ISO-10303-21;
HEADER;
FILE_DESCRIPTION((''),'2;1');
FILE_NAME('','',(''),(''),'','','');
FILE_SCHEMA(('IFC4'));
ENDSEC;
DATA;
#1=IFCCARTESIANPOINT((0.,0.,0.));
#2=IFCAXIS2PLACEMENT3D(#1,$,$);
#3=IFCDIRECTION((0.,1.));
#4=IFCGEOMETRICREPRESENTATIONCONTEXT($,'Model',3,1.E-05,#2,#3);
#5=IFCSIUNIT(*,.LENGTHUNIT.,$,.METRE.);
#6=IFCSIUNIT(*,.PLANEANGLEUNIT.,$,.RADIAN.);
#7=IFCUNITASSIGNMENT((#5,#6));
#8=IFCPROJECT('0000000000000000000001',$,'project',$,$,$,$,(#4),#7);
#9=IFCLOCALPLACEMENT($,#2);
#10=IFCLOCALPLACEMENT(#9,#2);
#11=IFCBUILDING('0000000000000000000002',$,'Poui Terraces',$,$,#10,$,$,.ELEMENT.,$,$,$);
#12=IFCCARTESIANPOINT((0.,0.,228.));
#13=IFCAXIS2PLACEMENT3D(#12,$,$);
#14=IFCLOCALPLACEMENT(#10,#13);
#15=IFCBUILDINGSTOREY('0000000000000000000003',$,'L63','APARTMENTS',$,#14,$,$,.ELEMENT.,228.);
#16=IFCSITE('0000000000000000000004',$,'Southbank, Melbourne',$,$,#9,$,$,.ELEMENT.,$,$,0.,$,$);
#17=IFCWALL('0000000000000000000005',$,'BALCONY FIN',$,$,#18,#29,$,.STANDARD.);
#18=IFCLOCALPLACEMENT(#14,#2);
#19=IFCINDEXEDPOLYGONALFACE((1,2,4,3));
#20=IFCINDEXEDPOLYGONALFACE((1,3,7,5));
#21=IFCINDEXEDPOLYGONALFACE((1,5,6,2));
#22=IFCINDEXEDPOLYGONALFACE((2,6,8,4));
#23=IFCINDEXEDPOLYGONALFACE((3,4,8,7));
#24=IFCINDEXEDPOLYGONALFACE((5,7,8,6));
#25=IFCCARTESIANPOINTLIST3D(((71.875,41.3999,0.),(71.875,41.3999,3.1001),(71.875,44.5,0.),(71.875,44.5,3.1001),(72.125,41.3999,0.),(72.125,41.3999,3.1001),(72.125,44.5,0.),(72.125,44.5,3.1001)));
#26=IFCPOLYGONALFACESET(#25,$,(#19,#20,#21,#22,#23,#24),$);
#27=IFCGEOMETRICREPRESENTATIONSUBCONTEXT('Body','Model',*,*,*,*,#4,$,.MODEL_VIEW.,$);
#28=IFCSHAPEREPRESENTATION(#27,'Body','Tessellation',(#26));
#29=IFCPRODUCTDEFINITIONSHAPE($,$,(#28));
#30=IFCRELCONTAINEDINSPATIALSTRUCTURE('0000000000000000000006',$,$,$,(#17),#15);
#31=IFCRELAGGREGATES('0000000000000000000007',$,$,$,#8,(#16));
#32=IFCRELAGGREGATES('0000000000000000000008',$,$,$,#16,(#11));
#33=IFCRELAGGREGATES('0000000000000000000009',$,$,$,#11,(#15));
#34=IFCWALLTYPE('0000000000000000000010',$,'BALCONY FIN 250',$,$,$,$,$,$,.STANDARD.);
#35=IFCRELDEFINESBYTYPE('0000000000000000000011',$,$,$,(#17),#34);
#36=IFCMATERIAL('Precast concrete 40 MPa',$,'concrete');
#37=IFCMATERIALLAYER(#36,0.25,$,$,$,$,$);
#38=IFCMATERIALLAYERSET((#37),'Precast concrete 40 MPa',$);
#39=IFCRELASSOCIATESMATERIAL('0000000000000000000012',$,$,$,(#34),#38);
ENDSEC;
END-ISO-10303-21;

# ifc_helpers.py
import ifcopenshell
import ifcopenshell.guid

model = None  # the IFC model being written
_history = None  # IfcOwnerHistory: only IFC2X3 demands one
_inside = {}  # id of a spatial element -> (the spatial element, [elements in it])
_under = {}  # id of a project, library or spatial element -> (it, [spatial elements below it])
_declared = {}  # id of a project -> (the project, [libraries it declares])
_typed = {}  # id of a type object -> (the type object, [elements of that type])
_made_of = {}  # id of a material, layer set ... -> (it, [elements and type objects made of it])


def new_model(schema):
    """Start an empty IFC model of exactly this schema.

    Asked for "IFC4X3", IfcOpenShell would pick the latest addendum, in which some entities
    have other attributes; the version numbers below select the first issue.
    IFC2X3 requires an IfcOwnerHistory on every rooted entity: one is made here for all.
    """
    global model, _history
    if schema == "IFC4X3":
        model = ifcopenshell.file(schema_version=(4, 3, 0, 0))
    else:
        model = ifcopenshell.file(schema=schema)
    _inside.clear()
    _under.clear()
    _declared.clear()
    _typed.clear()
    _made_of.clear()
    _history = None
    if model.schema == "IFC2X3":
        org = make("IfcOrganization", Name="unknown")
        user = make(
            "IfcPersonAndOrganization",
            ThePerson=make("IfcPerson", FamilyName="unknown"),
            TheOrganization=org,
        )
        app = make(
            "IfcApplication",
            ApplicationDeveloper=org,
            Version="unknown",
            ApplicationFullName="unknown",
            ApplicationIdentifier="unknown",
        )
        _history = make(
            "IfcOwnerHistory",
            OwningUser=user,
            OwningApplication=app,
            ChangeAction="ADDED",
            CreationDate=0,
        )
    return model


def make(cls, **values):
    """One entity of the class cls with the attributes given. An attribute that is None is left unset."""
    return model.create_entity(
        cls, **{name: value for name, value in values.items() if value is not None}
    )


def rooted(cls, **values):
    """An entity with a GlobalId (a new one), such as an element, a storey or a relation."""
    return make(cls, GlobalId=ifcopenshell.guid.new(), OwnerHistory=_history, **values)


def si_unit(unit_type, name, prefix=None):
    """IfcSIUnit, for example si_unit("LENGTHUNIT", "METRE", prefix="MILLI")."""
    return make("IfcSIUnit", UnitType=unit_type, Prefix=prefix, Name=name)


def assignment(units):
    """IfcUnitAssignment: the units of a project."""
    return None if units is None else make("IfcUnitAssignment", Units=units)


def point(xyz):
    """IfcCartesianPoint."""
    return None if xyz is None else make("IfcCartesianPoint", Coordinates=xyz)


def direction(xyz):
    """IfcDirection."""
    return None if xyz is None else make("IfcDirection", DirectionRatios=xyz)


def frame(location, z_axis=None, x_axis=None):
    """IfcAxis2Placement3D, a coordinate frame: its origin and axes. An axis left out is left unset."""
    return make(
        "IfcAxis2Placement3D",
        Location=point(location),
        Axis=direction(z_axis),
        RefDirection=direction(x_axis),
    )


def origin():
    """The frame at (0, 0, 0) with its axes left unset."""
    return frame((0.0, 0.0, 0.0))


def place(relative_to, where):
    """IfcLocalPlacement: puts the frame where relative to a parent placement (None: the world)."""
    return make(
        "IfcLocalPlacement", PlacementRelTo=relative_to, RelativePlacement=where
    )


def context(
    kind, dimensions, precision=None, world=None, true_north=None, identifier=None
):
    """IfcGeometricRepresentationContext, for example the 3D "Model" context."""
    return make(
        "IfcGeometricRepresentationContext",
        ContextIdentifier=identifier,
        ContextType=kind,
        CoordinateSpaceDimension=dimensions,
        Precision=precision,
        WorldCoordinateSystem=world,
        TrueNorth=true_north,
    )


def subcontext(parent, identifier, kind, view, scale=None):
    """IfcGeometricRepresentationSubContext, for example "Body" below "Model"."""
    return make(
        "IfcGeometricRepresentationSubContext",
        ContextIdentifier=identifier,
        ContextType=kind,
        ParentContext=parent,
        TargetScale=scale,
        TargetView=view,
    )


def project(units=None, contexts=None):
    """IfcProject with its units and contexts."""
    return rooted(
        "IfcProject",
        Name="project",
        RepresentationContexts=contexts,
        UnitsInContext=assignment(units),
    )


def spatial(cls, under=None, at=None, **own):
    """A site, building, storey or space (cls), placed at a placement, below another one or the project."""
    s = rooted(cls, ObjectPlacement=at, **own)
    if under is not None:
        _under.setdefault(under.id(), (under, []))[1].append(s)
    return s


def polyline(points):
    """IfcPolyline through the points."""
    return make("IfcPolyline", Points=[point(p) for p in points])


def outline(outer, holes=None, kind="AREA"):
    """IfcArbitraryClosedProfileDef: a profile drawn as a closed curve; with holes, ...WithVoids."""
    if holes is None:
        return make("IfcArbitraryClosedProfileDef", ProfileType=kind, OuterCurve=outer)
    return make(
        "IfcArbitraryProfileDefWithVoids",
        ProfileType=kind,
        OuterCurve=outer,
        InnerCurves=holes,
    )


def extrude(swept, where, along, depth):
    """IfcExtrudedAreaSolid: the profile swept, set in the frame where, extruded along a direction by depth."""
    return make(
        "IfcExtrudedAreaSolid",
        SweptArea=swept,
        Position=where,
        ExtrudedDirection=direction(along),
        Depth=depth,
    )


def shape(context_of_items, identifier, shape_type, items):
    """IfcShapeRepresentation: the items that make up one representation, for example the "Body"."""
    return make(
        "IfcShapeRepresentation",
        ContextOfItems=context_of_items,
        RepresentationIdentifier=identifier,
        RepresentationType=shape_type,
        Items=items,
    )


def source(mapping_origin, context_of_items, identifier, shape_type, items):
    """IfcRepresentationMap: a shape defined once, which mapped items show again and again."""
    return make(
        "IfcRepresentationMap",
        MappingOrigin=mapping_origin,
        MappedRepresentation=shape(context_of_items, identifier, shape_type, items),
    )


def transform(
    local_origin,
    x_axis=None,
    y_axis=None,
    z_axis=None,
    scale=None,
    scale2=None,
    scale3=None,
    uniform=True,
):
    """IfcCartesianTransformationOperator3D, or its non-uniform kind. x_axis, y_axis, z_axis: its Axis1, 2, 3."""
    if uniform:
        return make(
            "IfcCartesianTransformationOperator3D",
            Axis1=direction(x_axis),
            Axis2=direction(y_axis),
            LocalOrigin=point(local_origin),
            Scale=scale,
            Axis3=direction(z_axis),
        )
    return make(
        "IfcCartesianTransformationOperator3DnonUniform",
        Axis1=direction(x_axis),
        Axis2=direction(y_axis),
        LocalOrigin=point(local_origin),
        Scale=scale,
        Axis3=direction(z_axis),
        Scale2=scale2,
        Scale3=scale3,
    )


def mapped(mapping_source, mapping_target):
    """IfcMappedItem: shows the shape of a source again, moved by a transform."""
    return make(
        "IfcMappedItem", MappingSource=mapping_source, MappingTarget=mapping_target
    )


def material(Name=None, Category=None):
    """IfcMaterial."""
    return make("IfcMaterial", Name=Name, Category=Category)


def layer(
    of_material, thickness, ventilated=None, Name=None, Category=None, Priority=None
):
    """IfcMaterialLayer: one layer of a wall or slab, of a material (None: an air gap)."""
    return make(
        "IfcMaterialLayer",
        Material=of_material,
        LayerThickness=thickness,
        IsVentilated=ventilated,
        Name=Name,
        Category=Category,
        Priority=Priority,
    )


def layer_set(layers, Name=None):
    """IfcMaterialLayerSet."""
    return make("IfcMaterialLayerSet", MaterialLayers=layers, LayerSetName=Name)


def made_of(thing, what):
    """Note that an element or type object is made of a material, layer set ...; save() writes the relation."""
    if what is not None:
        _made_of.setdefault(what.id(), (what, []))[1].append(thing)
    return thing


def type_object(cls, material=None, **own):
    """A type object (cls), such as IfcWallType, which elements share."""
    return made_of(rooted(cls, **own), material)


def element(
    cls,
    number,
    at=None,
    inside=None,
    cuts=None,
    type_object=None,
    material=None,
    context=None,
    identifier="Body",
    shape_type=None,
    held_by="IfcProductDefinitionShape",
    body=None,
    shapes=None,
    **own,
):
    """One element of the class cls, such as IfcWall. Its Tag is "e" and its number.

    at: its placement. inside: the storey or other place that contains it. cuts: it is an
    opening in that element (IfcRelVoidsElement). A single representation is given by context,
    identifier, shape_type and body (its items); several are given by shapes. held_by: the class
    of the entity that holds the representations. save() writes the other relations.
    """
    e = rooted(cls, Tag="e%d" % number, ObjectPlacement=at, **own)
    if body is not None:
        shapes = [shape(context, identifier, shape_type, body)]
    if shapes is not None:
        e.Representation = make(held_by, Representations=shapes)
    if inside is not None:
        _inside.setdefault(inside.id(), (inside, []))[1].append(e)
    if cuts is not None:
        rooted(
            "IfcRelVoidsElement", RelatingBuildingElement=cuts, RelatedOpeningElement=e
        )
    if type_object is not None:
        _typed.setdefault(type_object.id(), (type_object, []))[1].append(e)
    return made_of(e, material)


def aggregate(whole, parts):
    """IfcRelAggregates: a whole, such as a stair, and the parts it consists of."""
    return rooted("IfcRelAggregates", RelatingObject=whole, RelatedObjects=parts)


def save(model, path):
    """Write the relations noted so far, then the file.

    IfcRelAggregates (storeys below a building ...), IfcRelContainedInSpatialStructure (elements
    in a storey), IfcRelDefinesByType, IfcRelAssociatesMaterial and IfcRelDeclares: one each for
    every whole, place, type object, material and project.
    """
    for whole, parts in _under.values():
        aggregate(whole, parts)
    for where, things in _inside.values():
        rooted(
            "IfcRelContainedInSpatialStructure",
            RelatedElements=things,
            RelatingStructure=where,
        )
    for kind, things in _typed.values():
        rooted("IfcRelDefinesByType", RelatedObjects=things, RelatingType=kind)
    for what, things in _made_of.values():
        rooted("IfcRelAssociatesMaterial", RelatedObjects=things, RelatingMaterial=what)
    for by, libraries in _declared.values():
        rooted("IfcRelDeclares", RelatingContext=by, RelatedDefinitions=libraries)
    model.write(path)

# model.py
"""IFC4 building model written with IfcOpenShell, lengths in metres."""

from ifc_helpers import new_model, si_unit, direction, frame, origin, place, context, subcontext, project, spatial, polyline, outline, extrude, source, transform, mapped, material, layer, layer_set, type_object, element, save


model = new_model("IFC4")

# Units and contexts
model_context = context("Model", 3, precision=1e-05, world=origin(), true_north=direction((0.0, 1.0)))
body_context = subcontext(model_context, "Body", "Model", "MODEL_VIEW")
ifc_project = project(units=[si_unit("LENGTHUNIT", "METRE"), si_unit("PLANEANGLEUNIT", "RADIAN")], contexts=[model_context])

# Site, building, storey
site_placement = place(None, origin())
site = spatial("IfcSite", under=ifc_project, at=site_placement, Name="Southbank, Melbourne", CompositionType="ELEMENT", RefElevation=0.0)
building_placement = place(site_placement, origin())
building = spatial("IfcBuilding", under=site, at=building_placement, Name="Poui Terraces", CompositionType="ELEMENT")
storey_placement = place(building_placement, frame((0.0, 0.0, 228.0)))
storey = spatial("IfcBuildingStorey", under=building, at=storey_placement, Name="L63", Description="APARTMENTS", CompositionType="ELEMENT", Elevation=228.0)

# Wall
ifc_material_1 = material(Name="Precast concrete 40 MPa", Category="concrete")
ifc_layer = layer(ifc_material_1, 0.25)
ifc_layer_set = layer_set([ifc_layer], Name="Precast concrete 40 MPa")
wall_type = type_object("IfcWallType", Name="BALCONY FIN 250", PredefinedType="STANDARD", material=ifc_layer_set)
shared_shape = source(origin(), body_context, "Body", "SweptSolid", [
    extrude(outline(polyline([(0.0, 0.0), (0.25, 0.0), (0.25, 3.1001), (0.0, 3.1001), (0.0, 0.0)])), origin(), (0.0, 0.0, 1.0), 3.1001),
])
wall_placement = place(storey_placement, frame((71.875, 41.3999, 0.0)))
element("IfcWall", 1, at=wall_placement, inside=storey, type_object=wall_type, Name="BALCONY FIN", PredefinedType="STANDARD", context=body_context, shape_type="MappedRepresentation", body=[
    mapped(shared_shape, transform((0.0, 0.0, 0.0))),
])

save(model, "model.ifc")
